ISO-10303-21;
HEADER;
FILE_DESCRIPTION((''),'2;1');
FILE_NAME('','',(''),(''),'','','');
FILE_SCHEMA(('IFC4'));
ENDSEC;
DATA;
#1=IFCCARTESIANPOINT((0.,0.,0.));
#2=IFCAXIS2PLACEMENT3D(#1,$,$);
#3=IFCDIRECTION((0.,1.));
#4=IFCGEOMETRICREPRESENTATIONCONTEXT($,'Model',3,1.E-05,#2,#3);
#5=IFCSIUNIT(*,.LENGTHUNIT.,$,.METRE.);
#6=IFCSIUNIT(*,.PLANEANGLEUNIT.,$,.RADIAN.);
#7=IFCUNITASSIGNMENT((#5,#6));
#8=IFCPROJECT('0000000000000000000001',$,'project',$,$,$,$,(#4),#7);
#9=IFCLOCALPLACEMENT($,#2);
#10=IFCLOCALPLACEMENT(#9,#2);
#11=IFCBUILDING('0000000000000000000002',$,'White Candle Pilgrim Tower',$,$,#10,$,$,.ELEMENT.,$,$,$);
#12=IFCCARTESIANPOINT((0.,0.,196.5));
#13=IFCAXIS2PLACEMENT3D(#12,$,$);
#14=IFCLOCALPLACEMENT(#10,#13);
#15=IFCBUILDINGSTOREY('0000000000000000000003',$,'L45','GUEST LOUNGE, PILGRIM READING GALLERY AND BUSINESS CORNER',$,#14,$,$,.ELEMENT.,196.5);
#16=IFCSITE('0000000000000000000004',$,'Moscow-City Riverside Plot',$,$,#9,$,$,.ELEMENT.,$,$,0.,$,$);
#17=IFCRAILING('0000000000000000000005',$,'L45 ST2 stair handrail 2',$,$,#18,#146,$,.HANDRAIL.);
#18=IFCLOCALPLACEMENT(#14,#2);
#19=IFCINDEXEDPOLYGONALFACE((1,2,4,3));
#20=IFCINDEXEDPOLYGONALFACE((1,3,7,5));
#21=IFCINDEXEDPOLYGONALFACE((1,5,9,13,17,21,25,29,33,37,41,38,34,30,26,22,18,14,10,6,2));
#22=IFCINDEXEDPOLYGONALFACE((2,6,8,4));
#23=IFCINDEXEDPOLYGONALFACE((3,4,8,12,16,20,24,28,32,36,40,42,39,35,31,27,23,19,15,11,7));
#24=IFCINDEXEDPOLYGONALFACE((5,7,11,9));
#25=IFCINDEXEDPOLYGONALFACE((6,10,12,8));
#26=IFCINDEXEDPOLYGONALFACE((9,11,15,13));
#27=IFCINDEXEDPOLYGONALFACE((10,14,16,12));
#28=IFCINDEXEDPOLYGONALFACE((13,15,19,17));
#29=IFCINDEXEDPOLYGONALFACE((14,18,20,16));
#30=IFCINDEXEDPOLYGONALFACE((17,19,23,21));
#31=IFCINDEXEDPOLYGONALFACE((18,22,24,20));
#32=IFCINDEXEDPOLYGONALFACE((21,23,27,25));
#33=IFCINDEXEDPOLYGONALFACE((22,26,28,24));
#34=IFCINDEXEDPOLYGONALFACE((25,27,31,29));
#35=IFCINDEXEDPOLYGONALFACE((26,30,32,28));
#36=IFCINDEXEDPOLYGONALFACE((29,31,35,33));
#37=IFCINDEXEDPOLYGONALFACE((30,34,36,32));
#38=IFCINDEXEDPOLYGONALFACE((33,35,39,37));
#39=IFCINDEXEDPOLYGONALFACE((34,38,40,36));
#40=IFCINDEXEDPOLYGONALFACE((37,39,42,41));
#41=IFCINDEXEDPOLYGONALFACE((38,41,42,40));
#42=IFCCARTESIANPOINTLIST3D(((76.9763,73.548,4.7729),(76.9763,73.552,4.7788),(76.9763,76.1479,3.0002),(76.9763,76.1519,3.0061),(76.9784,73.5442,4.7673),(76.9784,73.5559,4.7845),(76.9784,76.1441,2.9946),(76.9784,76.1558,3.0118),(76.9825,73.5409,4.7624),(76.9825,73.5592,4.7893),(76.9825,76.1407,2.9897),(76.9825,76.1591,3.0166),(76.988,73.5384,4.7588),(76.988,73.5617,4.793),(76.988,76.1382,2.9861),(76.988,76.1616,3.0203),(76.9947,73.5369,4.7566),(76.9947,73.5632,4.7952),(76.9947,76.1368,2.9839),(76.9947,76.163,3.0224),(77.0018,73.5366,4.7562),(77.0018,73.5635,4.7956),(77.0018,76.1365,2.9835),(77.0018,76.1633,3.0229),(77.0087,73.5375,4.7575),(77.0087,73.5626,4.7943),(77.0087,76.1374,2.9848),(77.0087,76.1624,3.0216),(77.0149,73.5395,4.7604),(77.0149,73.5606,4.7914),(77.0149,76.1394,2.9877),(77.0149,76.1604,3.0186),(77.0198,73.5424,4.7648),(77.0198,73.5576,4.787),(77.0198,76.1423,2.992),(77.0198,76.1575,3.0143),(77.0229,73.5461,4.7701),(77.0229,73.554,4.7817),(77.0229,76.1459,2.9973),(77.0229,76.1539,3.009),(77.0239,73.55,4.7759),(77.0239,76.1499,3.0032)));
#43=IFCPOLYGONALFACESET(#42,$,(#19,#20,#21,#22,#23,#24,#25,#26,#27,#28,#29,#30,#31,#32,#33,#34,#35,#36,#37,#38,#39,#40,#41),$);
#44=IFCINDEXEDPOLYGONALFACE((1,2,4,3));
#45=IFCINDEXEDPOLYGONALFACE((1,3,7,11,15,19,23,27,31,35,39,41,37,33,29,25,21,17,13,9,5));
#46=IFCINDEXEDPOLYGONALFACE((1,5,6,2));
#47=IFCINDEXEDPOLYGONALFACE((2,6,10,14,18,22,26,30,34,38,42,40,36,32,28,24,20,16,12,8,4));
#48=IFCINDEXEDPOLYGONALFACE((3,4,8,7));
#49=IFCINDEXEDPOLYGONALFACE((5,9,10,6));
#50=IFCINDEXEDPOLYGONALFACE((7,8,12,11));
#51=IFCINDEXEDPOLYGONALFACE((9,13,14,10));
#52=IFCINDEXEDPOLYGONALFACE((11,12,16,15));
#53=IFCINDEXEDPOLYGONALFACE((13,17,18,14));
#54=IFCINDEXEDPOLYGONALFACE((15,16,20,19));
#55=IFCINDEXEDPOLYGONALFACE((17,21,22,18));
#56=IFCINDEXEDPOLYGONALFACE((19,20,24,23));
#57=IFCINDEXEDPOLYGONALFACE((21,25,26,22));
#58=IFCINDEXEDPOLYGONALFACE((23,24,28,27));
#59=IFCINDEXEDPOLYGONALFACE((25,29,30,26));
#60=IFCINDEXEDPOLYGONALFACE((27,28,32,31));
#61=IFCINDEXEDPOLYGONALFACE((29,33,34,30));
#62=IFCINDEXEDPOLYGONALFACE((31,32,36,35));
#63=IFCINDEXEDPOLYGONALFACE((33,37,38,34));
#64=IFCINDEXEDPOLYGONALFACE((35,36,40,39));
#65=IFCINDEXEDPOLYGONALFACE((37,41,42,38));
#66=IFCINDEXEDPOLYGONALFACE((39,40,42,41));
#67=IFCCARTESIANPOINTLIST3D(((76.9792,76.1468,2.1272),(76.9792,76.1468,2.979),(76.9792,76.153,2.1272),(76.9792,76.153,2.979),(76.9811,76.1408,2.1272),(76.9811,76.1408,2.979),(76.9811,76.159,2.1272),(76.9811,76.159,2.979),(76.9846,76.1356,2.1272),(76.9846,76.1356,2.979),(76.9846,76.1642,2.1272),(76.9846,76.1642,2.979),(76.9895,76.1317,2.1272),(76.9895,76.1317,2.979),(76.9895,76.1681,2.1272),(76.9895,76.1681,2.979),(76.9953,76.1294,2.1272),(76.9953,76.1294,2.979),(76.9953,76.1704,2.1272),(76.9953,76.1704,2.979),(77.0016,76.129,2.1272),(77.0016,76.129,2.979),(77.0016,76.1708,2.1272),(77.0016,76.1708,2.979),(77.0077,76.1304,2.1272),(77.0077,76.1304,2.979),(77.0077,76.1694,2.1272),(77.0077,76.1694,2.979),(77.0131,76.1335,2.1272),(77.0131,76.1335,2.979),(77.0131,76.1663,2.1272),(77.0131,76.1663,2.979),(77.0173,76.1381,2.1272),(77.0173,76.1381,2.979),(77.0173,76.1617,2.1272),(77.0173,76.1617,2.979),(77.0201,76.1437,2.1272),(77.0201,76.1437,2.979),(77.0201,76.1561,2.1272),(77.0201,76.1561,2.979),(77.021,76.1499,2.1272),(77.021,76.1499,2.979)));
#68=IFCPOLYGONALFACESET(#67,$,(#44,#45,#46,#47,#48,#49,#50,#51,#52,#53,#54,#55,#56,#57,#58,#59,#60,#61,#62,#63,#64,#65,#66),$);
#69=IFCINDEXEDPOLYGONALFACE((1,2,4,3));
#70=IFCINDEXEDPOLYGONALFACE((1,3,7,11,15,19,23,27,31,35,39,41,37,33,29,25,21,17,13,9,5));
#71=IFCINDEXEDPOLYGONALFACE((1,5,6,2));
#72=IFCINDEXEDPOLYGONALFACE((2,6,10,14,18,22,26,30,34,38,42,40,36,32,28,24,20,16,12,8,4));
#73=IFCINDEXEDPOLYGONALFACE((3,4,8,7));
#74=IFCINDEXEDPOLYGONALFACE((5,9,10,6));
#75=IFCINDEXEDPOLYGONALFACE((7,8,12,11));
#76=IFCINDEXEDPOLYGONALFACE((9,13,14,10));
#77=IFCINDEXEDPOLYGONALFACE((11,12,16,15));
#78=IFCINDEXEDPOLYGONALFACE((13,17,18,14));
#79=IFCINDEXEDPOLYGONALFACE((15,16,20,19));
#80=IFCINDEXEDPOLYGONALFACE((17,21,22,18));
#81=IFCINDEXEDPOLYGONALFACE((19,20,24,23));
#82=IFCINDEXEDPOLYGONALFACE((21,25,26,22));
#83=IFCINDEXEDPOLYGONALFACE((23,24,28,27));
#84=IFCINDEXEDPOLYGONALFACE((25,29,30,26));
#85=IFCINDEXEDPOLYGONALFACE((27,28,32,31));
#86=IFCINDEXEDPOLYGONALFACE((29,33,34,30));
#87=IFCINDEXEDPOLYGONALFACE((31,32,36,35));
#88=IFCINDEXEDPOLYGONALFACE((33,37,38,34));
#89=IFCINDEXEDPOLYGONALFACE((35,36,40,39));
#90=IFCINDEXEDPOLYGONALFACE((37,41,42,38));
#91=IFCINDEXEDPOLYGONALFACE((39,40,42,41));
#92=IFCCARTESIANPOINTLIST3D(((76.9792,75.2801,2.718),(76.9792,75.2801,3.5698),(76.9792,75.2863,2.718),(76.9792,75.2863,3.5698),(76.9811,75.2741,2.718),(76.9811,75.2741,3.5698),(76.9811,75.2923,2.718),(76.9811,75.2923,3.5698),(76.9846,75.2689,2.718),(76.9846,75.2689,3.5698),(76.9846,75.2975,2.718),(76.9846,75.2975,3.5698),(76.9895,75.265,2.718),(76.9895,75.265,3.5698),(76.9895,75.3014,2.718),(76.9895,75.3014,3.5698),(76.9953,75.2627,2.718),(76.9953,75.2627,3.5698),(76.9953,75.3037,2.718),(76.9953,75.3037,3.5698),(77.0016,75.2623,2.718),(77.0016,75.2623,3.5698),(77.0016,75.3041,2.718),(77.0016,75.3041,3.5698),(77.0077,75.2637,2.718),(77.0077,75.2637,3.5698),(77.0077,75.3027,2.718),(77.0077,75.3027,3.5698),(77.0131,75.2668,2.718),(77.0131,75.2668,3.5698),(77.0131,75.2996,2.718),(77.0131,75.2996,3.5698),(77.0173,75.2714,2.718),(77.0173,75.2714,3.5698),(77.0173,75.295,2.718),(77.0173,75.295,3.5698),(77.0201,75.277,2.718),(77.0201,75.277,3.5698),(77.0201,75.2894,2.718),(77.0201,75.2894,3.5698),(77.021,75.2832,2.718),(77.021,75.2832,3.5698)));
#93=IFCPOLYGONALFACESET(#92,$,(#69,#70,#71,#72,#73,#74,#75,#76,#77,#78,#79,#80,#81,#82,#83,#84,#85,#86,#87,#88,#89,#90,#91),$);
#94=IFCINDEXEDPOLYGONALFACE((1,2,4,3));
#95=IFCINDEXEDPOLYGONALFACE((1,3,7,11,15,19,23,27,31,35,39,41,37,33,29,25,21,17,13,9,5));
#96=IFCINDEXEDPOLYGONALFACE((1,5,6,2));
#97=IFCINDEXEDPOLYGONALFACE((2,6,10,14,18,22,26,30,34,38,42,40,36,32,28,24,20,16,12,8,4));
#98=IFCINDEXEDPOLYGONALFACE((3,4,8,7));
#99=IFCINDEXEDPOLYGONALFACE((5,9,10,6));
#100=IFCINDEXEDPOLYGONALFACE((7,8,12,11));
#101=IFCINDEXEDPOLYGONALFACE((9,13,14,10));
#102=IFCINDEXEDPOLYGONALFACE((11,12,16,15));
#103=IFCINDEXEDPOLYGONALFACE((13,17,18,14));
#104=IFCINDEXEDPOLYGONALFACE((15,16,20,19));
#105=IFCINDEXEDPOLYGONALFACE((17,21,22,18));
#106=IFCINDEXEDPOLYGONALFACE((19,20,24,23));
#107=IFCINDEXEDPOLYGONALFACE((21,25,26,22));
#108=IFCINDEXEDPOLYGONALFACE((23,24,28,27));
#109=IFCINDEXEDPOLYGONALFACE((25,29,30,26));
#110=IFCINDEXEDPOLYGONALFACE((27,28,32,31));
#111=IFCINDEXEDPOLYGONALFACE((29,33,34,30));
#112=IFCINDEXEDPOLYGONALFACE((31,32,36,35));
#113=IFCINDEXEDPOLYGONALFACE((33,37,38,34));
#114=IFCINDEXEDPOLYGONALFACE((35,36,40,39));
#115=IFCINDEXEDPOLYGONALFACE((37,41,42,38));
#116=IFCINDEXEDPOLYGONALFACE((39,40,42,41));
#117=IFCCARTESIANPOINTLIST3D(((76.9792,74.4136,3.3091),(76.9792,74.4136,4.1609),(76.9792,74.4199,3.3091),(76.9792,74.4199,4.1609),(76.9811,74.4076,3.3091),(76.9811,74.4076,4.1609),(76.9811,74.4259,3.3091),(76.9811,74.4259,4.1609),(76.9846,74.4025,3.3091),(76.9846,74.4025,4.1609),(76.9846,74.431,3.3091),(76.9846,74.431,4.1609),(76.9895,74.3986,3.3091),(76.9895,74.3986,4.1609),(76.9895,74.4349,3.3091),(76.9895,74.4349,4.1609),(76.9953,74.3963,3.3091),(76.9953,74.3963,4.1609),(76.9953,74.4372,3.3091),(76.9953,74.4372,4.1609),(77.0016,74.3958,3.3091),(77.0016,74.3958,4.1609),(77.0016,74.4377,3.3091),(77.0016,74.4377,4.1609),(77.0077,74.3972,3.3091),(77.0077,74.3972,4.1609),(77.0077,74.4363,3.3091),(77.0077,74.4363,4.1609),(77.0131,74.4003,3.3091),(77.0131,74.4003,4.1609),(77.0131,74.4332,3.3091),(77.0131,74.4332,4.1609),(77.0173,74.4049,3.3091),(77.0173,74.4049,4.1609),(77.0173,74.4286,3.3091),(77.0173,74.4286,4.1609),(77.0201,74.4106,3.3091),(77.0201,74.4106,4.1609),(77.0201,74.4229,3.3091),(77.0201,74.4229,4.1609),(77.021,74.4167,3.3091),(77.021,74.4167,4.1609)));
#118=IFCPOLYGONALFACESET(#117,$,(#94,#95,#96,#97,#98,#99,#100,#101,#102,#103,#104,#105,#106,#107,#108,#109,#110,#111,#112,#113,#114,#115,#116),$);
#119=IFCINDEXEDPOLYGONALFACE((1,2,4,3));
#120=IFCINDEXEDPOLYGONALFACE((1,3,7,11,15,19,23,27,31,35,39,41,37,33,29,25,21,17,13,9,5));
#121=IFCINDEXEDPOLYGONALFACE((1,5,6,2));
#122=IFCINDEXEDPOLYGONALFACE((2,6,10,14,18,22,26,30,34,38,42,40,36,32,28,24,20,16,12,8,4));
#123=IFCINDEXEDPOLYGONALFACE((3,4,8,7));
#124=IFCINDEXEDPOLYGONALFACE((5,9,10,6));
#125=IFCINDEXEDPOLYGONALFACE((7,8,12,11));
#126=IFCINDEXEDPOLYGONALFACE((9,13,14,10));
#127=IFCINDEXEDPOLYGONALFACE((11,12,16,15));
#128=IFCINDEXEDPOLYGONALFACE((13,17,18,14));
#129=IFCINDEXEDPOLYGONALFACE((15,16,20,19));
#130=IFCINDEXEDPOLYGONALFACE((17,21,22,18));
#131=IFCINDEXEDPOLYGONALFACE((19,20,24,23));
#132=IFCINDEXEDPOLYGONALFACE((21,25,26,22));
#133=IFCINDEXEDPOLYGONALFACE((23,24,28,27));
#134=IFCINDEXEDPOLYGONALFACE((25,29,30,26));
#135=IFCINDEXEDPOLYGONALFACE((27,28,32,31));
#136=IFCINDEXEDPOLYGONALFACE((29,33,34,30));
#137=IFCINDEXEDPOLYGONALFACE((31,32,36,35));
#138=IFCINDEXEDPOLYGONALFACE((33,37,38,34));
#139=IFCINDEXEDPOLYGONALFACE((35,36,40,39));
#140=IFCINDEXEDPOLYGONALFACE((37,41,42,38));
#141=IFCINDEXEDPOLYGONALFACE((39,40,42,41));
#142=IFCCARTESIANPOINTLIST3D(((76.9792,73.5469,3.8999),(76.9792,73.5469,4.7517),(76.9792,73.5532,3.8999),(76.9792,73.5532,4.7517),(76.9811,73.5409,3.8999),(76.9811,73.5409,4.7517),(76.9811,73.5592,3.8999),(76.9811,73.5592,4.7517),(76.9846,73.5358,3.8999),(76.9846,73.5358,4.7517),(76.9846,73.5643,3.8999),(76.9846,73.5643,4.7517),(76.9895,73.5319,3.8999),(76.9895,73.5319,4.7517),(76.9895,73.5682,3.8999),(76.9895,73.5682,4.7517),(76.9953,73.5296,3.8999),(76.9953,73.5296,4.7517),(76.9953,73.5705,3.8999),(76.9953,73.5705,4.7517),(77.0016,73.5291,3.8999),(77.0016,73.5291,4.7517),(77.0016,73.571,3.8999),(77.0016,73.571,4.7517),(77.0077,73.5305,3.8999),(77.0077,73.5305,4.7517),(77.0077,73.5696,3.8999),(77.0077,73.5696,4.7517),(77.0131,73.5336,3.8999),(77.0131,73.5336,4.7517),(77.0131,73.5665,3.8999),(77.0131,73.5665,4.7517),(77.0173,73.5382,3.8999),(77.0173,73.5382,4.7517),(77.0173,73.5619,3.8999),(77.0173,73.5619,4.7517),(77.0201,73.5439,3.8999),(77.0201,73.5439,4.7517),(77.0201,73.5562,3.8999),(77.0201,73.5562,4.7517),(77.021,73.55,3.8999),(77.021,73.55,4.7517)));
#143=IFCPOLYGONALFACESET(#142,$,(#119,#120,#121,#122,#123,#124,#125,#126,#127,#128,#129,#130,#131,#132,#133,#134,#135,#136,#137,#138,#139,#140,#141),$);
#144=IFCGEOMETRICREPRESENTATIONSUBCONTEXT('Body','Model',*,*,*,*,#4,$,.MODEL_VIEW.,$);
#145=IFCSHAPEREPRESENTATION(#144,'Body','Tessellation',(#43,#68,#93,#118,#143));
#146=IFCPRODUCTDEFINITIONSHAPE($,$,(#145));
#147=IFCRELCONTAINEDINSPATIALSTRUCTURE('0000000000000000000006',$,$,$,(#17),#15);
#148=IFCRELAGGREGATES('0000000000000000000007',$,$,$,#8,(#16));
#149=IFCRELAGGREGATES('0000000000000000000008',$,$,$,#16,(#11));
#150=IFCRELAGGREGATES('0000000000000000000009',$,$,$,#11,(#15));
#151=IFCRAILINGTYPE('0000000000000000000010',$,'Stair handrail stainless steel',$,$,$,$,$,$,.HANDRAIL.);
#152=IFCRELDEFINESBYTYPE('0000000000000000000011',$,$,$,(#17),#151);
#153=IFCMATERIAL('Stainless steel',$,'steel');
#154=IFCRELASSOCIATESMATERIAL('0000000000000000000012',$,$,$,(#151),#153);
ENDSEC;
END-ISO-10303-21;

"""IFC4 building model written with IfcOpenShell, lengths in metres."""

from ifc_helpers import new_model, si_unit, direction, frame, origin, origin_2d, place, context, subcontext, project, spatial, circle, extrude, material, type_object, element, save


model = new_model("IFC4")

# Units and contexts
model_context = context("Model", 3, precision=1e-05, world=origin(), true_north=direction((0.0, 1.0)))
body_context = subcontext(model_context, "Body", "Model", "MODEL_VIEW")
ifc_project = project(units=[si_unit("LENGTHUNIT", "METRE"), si_unit("PLANEANGLEUNIT", "RADIAN")], contexts=[model_context])

# Site, building, storey
site_placement = place(None, origin())
site = spatial("IfcSite", under=ifc_project, at=site_placement, Name="Moscow-City Riverside Plot", CompositionType="ELEMENT", RefElevation=0.0)
building_placement = place(site_placement, origin())
building = spatial("IfcBuilding", under=site, at=building_placement, Name="White Candle Pilgrim Tower", CompositionType="ELEMENT")
storey_placement = place(building_placement, frame((0.0, 0.0, 196.5)))
storey = spatial("IfcBuildingStorey", under=building, at=storey_placement, Name="L45", Description="GUEST LOUNGE, PILGRIM READING GALLERY AND BUSINESS CORNER", CompositionType="ELEMENT", Elevation=196.5)

# Shared definitions
ifc_material_1 = material(Name="Stainless steel", Category="steel")

# Railing
railing_type_1 = type_object("IfcRailingType", Name="Stair handrail stainless steel", PredefinedType="HANDRAIL", material=ifc_material_1)
railing_1_placement = place(storey_placement, frame((77.0, 76.1499, 2.1272)))
element("IfcRailing", 1, at=railing_1_placement, inside=storey, type_object=railing_type_1, Name="L45 ST2 stair handrail 2", PredefinedType="HANDRAIL", context=body_context, shape_type="SweptSolid", body=[
    extrude(circle(Radius=0.0239, at=origin_2d()), frame((0.0, 0.0, 0.876), z_axis=(0.0, -0.826216, 0.563354), x_axis=(1.0, 0.0, 0.0)), (0.0, 0.0, 1.0), 3.1467),
    extrude(circle(Radius=0.021, at=origin_2d()), origin(), (0.0, 0.0, 1.0), 0.8518),
    extrude(circle(Radius=0.021, at=origin_2d()), frame((0.0, -0.8667, 0.5908)), (0.0, 0.0, 1.0), 0.8518),
    extrude(circle(Radius=0.021, at=origin_2d()), frame((0.0, -1.7332, 1.1819)), (0.0, 0.0, 1.0), 0.8518),
    extrude(circle(Radius=0.021, at=origin_2d()), frame((0.0, -2.5999, 1.7727)), (0.0, 0.0, 1.0), 0.8518),
])

save(model, "model.ifc")
